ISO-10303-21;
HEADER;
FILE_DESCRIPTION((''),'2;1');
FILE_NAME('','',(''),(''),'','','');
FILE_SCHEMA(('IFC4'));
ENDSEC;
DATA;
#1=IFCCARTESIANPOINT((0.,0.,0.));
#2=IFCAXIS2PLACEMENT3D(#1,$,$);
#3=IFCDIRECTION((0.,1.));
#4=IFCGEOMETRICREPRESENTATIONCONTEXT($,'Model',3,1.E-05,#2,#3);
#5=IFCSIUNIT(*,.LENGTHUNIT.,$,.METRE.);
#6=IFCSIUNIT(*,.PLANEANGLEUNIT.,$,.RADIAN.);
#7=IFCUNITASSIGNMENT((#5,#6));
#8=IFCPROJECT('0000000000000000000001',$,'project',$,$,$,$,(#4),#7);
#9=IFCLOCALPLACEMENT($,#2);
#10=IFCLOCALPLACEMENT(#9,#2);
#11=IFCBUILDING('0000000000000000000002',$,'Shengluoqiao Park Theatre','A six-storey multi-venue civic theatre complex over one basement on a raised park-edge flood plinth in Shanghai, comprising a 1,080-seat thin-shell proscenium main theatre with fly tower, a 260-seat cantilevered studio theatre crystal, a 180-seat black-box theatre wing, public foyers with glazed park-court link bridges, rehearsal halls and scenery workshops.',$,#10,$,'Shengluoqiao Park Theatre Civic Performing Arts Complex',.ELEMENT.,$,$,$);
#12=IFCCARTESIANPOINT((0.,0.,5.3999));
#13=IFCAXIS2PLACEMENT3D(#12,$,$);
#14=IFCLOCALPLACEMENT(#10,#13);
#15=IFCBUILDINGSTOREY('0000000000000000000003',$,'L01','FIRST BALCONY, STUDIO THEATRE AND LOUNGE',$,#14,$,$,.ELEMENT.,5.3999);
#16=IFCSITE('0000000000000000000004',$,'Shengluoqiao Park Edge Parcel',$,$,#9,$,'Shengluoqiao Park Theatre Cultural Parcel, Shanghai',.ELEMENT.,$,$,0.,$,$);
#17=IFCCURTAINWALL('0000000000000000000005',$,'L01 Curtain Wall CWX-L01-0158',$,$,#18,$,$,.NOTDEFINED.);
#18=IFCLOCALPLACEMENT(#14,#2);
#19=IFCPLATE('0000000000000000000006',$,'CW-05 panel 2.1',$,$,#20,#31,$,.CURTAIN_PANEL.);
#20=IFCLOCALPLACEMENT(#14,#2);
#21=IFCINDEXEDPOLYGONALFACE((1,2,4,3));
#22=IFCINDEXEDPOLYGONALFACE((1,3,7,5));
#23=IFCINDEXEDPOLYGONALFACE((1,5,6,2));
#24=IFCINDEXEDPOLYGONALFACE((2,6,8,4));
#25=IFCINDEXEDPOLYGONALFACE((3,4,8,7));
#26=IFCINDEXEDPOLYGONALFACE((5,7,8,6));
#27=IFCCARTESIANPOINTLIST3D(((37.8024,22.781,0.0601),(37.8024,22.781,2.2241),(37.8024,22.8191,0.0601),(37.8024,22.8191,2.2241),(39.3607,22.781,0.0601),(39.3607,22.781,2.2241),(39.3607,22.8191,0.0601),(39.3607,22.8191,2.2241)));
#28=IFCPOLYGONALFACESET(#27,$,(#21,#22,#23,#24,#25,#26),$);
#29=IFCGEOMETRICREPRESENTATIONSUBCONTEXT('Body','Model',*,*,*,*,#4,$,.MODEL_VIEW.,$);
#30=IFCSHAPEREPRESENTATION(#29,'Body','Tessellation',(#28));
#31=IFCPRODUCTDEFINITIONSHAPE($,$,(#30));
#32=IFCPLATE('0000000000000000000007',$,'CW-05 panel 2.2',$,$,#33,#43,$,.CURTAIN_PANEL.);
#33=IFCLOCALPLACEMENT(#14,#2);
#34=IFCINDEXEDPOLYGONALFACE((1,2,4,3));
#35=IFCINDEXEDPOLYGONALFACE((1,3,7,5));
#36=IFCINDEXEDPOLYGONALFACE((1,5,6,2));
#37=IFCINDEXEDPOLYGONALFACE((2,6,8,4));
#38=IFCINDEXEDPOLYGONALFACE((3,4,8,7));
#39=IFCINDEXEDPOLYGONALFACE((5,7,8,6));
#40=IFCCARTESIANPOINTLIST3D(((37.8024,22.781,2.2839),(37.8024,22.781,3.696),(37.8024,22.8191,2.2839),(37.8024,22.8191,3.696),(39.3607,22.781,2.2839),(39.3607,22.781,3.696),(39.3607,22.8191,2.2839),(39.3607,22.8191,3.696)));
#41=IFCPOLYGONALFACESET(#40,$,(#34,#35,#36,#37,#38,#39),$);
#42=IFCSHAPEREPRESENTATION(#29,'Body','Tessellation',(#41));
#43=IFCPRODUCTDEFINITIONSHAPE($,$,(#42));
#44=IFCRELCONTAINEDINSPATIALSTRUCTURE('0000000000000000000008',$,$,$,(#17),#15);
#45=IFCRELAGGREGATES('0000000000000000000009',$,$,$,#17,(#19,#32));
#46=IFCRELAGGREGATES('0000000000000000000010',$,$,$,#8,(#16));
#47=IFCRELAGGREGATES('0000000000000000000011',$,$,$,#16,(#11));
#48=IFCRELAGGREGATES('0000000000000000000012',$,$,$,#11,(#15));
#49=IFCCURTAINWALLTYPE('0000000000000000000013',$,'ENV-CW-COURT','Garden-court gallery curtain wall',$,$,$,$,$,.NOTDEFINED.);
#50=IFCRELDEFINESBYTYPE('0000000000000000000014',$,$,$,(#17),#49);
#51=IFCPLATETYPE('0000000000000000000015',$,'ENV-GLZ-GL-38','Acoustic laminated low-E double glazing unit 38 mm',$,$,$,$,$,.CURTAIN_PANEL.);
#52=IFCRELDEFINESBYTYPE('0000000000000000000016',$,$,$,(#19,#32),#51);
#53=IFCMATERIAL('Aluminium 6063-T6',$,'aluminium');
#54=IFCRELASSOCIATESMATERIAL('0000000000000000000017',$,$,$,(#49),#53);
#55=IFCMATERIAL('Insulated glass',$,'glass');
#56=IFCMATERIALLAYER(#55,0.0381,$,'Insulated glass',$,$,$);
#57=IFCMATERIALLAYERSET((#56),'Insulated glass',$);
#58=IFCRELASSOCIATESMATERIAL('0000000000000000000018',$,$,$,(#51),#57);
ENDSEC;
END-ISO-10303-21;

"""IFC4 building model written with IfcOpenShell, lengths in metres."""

from ifc_helpers import new_model, si_unit, direction, frame, origin, origin_2d, place, context, subcontext, project, spatial, rectangle, extrude, material, layer, layer_set, type_object, element, aggregate, save


model = new_model("IFC4")

# Units and contexts
model_context = context("Model", 3, precision=1e-05, world=origin(), true_north=direction((0.0, 1.0)))
body_context = subcontext(model_context, "Body", "Model", "MODEL_VIEW")
ifc_project = project(units=[si_unit("LENGTHUNIT", "METRE"), si_unit("PLANEANGLEUNIT", "RADIAN")], contexts=[model_context])

# Site, building, storey
site_placement = place(None, origin())
site = spatial("IfcSite", under=ifc_project, at=site_placement, Name="Shengluoqiao Park Edge Parcel", LongName="Shengluoqiao Park Theatre Cultural Parcel, Shanghai", CompositionType="ELEMENT", RefElevation=0.0)
building_placement = place(site_placement, origin())
building = spatial("IfcBuilding", under=site, at=building_placement, Name="Shengluoqiao Park Theatre", Description="A six-storey multi-venue civic theatre complex over one basement on a raised park-edge flood plinth in Shanghai, comprising a 1,080-seat thin-shell proscenium main theatre with fly tower, a 260-seat cantilevered studio theatre crystal, a 180-seat black-box theatre wing, public foyers with glazed park-court link bridges, rehearsal halls and scenery workshops.", LongName="Shengluoqiao Park Theatre Civic Performing Arts Complex", CompositionType="ELEMENT")
storey_placement = place(building_placement, frame((0.0, 0.0, 5.3999)))
storey = spatial("IfcBuildingStorey", under=building, at=storey_placement, Name="L01", Description="FIRST BALCONY, STUDIO THEATRE AND LOUNGE", CompositionType="ELEMENT", Elevation=5.3999)

# Shared definitions
ifc_material_1 = material(Name="Aluminium 6063-T6", Category="aluminium")
curtain_wall_type = type_object("IfcCurtainWallType", Name="ENV-CW-COURT", Description="Garden-court gallery curtain wall", PredefinedType="NOTDEFINED", material=ifc_material_1)

# Curtain wall
curtain_wall_1_placement = place(storey_placement, origin())
curtain_wall_1 = element("IfcCurtainWall", 1, at=curtain_wall_1_placement, inside=storey, type_object=curtain_wall_type, Name="L01 Curtain Wall CWX-L01-0158", PredefinedType="NOTDEFINED")

# Plates
ifc_material_2 = material(Name="Insulated glass", Category="glass")
ifc_layer = layer(ifc_material_2, 0.0381, Name="Insulated glass")
ifc_layer_set = layer_set([ifc_layer], Name="Insulated glass")
plate_type = type_object("IfcPlateType", Name="ENV-GLZ-GL-38", Description="Acoustic laminated low-E double glazing unit 38 mm", PredefinedType="CURTAIN_PANEL", material=ifc_layer_set)
plate_1_placement = place(storey_placement, frame((38.5815, 22.8, 0.0601), z_axis=(0.0, 0.0, 1.0), x_axis=(1.0, 0.0, 0.0)))
plate_1 = element("IfcPlate", 2, at=plate_1_placement, type_object=plate_type, Name="CW-05 panel 2.1", PredefinedType="CURTAIN_PANEL", context=body_context, shape_type="SweptSolid", body=[
    extrude(rectangle(XDim=1.5583, YDim=0.0381, at=origin_2d()), origin(), (0.0, 0.0, 1.0), 2.1641),
])
plate_2_placement = place(storey_placement, frame((38.5815, 22.8, 2.2839), z_axis=(0.0, 0.0, 1.0), x_axis=(1.0, 0.0, 0.0)))
plate_2 = element("IfcPlate", 3, at=plate_2_placement, type_object=plate_type, Name="CW-05 panel 2.2", PredefinedType="CURTAIN_PANEL", context=body_context, shape_type="SweptSolid", body=[
    extrude(rectangle(XDim=1.5583, YDim=0.0381, at=origin_2d()), origin(), (0.0, 0.0, 1.0), 1.4121),
])
aggregate(curtain_wall_1, [plate_1, plate_2])

save(model, "model.ifc")
